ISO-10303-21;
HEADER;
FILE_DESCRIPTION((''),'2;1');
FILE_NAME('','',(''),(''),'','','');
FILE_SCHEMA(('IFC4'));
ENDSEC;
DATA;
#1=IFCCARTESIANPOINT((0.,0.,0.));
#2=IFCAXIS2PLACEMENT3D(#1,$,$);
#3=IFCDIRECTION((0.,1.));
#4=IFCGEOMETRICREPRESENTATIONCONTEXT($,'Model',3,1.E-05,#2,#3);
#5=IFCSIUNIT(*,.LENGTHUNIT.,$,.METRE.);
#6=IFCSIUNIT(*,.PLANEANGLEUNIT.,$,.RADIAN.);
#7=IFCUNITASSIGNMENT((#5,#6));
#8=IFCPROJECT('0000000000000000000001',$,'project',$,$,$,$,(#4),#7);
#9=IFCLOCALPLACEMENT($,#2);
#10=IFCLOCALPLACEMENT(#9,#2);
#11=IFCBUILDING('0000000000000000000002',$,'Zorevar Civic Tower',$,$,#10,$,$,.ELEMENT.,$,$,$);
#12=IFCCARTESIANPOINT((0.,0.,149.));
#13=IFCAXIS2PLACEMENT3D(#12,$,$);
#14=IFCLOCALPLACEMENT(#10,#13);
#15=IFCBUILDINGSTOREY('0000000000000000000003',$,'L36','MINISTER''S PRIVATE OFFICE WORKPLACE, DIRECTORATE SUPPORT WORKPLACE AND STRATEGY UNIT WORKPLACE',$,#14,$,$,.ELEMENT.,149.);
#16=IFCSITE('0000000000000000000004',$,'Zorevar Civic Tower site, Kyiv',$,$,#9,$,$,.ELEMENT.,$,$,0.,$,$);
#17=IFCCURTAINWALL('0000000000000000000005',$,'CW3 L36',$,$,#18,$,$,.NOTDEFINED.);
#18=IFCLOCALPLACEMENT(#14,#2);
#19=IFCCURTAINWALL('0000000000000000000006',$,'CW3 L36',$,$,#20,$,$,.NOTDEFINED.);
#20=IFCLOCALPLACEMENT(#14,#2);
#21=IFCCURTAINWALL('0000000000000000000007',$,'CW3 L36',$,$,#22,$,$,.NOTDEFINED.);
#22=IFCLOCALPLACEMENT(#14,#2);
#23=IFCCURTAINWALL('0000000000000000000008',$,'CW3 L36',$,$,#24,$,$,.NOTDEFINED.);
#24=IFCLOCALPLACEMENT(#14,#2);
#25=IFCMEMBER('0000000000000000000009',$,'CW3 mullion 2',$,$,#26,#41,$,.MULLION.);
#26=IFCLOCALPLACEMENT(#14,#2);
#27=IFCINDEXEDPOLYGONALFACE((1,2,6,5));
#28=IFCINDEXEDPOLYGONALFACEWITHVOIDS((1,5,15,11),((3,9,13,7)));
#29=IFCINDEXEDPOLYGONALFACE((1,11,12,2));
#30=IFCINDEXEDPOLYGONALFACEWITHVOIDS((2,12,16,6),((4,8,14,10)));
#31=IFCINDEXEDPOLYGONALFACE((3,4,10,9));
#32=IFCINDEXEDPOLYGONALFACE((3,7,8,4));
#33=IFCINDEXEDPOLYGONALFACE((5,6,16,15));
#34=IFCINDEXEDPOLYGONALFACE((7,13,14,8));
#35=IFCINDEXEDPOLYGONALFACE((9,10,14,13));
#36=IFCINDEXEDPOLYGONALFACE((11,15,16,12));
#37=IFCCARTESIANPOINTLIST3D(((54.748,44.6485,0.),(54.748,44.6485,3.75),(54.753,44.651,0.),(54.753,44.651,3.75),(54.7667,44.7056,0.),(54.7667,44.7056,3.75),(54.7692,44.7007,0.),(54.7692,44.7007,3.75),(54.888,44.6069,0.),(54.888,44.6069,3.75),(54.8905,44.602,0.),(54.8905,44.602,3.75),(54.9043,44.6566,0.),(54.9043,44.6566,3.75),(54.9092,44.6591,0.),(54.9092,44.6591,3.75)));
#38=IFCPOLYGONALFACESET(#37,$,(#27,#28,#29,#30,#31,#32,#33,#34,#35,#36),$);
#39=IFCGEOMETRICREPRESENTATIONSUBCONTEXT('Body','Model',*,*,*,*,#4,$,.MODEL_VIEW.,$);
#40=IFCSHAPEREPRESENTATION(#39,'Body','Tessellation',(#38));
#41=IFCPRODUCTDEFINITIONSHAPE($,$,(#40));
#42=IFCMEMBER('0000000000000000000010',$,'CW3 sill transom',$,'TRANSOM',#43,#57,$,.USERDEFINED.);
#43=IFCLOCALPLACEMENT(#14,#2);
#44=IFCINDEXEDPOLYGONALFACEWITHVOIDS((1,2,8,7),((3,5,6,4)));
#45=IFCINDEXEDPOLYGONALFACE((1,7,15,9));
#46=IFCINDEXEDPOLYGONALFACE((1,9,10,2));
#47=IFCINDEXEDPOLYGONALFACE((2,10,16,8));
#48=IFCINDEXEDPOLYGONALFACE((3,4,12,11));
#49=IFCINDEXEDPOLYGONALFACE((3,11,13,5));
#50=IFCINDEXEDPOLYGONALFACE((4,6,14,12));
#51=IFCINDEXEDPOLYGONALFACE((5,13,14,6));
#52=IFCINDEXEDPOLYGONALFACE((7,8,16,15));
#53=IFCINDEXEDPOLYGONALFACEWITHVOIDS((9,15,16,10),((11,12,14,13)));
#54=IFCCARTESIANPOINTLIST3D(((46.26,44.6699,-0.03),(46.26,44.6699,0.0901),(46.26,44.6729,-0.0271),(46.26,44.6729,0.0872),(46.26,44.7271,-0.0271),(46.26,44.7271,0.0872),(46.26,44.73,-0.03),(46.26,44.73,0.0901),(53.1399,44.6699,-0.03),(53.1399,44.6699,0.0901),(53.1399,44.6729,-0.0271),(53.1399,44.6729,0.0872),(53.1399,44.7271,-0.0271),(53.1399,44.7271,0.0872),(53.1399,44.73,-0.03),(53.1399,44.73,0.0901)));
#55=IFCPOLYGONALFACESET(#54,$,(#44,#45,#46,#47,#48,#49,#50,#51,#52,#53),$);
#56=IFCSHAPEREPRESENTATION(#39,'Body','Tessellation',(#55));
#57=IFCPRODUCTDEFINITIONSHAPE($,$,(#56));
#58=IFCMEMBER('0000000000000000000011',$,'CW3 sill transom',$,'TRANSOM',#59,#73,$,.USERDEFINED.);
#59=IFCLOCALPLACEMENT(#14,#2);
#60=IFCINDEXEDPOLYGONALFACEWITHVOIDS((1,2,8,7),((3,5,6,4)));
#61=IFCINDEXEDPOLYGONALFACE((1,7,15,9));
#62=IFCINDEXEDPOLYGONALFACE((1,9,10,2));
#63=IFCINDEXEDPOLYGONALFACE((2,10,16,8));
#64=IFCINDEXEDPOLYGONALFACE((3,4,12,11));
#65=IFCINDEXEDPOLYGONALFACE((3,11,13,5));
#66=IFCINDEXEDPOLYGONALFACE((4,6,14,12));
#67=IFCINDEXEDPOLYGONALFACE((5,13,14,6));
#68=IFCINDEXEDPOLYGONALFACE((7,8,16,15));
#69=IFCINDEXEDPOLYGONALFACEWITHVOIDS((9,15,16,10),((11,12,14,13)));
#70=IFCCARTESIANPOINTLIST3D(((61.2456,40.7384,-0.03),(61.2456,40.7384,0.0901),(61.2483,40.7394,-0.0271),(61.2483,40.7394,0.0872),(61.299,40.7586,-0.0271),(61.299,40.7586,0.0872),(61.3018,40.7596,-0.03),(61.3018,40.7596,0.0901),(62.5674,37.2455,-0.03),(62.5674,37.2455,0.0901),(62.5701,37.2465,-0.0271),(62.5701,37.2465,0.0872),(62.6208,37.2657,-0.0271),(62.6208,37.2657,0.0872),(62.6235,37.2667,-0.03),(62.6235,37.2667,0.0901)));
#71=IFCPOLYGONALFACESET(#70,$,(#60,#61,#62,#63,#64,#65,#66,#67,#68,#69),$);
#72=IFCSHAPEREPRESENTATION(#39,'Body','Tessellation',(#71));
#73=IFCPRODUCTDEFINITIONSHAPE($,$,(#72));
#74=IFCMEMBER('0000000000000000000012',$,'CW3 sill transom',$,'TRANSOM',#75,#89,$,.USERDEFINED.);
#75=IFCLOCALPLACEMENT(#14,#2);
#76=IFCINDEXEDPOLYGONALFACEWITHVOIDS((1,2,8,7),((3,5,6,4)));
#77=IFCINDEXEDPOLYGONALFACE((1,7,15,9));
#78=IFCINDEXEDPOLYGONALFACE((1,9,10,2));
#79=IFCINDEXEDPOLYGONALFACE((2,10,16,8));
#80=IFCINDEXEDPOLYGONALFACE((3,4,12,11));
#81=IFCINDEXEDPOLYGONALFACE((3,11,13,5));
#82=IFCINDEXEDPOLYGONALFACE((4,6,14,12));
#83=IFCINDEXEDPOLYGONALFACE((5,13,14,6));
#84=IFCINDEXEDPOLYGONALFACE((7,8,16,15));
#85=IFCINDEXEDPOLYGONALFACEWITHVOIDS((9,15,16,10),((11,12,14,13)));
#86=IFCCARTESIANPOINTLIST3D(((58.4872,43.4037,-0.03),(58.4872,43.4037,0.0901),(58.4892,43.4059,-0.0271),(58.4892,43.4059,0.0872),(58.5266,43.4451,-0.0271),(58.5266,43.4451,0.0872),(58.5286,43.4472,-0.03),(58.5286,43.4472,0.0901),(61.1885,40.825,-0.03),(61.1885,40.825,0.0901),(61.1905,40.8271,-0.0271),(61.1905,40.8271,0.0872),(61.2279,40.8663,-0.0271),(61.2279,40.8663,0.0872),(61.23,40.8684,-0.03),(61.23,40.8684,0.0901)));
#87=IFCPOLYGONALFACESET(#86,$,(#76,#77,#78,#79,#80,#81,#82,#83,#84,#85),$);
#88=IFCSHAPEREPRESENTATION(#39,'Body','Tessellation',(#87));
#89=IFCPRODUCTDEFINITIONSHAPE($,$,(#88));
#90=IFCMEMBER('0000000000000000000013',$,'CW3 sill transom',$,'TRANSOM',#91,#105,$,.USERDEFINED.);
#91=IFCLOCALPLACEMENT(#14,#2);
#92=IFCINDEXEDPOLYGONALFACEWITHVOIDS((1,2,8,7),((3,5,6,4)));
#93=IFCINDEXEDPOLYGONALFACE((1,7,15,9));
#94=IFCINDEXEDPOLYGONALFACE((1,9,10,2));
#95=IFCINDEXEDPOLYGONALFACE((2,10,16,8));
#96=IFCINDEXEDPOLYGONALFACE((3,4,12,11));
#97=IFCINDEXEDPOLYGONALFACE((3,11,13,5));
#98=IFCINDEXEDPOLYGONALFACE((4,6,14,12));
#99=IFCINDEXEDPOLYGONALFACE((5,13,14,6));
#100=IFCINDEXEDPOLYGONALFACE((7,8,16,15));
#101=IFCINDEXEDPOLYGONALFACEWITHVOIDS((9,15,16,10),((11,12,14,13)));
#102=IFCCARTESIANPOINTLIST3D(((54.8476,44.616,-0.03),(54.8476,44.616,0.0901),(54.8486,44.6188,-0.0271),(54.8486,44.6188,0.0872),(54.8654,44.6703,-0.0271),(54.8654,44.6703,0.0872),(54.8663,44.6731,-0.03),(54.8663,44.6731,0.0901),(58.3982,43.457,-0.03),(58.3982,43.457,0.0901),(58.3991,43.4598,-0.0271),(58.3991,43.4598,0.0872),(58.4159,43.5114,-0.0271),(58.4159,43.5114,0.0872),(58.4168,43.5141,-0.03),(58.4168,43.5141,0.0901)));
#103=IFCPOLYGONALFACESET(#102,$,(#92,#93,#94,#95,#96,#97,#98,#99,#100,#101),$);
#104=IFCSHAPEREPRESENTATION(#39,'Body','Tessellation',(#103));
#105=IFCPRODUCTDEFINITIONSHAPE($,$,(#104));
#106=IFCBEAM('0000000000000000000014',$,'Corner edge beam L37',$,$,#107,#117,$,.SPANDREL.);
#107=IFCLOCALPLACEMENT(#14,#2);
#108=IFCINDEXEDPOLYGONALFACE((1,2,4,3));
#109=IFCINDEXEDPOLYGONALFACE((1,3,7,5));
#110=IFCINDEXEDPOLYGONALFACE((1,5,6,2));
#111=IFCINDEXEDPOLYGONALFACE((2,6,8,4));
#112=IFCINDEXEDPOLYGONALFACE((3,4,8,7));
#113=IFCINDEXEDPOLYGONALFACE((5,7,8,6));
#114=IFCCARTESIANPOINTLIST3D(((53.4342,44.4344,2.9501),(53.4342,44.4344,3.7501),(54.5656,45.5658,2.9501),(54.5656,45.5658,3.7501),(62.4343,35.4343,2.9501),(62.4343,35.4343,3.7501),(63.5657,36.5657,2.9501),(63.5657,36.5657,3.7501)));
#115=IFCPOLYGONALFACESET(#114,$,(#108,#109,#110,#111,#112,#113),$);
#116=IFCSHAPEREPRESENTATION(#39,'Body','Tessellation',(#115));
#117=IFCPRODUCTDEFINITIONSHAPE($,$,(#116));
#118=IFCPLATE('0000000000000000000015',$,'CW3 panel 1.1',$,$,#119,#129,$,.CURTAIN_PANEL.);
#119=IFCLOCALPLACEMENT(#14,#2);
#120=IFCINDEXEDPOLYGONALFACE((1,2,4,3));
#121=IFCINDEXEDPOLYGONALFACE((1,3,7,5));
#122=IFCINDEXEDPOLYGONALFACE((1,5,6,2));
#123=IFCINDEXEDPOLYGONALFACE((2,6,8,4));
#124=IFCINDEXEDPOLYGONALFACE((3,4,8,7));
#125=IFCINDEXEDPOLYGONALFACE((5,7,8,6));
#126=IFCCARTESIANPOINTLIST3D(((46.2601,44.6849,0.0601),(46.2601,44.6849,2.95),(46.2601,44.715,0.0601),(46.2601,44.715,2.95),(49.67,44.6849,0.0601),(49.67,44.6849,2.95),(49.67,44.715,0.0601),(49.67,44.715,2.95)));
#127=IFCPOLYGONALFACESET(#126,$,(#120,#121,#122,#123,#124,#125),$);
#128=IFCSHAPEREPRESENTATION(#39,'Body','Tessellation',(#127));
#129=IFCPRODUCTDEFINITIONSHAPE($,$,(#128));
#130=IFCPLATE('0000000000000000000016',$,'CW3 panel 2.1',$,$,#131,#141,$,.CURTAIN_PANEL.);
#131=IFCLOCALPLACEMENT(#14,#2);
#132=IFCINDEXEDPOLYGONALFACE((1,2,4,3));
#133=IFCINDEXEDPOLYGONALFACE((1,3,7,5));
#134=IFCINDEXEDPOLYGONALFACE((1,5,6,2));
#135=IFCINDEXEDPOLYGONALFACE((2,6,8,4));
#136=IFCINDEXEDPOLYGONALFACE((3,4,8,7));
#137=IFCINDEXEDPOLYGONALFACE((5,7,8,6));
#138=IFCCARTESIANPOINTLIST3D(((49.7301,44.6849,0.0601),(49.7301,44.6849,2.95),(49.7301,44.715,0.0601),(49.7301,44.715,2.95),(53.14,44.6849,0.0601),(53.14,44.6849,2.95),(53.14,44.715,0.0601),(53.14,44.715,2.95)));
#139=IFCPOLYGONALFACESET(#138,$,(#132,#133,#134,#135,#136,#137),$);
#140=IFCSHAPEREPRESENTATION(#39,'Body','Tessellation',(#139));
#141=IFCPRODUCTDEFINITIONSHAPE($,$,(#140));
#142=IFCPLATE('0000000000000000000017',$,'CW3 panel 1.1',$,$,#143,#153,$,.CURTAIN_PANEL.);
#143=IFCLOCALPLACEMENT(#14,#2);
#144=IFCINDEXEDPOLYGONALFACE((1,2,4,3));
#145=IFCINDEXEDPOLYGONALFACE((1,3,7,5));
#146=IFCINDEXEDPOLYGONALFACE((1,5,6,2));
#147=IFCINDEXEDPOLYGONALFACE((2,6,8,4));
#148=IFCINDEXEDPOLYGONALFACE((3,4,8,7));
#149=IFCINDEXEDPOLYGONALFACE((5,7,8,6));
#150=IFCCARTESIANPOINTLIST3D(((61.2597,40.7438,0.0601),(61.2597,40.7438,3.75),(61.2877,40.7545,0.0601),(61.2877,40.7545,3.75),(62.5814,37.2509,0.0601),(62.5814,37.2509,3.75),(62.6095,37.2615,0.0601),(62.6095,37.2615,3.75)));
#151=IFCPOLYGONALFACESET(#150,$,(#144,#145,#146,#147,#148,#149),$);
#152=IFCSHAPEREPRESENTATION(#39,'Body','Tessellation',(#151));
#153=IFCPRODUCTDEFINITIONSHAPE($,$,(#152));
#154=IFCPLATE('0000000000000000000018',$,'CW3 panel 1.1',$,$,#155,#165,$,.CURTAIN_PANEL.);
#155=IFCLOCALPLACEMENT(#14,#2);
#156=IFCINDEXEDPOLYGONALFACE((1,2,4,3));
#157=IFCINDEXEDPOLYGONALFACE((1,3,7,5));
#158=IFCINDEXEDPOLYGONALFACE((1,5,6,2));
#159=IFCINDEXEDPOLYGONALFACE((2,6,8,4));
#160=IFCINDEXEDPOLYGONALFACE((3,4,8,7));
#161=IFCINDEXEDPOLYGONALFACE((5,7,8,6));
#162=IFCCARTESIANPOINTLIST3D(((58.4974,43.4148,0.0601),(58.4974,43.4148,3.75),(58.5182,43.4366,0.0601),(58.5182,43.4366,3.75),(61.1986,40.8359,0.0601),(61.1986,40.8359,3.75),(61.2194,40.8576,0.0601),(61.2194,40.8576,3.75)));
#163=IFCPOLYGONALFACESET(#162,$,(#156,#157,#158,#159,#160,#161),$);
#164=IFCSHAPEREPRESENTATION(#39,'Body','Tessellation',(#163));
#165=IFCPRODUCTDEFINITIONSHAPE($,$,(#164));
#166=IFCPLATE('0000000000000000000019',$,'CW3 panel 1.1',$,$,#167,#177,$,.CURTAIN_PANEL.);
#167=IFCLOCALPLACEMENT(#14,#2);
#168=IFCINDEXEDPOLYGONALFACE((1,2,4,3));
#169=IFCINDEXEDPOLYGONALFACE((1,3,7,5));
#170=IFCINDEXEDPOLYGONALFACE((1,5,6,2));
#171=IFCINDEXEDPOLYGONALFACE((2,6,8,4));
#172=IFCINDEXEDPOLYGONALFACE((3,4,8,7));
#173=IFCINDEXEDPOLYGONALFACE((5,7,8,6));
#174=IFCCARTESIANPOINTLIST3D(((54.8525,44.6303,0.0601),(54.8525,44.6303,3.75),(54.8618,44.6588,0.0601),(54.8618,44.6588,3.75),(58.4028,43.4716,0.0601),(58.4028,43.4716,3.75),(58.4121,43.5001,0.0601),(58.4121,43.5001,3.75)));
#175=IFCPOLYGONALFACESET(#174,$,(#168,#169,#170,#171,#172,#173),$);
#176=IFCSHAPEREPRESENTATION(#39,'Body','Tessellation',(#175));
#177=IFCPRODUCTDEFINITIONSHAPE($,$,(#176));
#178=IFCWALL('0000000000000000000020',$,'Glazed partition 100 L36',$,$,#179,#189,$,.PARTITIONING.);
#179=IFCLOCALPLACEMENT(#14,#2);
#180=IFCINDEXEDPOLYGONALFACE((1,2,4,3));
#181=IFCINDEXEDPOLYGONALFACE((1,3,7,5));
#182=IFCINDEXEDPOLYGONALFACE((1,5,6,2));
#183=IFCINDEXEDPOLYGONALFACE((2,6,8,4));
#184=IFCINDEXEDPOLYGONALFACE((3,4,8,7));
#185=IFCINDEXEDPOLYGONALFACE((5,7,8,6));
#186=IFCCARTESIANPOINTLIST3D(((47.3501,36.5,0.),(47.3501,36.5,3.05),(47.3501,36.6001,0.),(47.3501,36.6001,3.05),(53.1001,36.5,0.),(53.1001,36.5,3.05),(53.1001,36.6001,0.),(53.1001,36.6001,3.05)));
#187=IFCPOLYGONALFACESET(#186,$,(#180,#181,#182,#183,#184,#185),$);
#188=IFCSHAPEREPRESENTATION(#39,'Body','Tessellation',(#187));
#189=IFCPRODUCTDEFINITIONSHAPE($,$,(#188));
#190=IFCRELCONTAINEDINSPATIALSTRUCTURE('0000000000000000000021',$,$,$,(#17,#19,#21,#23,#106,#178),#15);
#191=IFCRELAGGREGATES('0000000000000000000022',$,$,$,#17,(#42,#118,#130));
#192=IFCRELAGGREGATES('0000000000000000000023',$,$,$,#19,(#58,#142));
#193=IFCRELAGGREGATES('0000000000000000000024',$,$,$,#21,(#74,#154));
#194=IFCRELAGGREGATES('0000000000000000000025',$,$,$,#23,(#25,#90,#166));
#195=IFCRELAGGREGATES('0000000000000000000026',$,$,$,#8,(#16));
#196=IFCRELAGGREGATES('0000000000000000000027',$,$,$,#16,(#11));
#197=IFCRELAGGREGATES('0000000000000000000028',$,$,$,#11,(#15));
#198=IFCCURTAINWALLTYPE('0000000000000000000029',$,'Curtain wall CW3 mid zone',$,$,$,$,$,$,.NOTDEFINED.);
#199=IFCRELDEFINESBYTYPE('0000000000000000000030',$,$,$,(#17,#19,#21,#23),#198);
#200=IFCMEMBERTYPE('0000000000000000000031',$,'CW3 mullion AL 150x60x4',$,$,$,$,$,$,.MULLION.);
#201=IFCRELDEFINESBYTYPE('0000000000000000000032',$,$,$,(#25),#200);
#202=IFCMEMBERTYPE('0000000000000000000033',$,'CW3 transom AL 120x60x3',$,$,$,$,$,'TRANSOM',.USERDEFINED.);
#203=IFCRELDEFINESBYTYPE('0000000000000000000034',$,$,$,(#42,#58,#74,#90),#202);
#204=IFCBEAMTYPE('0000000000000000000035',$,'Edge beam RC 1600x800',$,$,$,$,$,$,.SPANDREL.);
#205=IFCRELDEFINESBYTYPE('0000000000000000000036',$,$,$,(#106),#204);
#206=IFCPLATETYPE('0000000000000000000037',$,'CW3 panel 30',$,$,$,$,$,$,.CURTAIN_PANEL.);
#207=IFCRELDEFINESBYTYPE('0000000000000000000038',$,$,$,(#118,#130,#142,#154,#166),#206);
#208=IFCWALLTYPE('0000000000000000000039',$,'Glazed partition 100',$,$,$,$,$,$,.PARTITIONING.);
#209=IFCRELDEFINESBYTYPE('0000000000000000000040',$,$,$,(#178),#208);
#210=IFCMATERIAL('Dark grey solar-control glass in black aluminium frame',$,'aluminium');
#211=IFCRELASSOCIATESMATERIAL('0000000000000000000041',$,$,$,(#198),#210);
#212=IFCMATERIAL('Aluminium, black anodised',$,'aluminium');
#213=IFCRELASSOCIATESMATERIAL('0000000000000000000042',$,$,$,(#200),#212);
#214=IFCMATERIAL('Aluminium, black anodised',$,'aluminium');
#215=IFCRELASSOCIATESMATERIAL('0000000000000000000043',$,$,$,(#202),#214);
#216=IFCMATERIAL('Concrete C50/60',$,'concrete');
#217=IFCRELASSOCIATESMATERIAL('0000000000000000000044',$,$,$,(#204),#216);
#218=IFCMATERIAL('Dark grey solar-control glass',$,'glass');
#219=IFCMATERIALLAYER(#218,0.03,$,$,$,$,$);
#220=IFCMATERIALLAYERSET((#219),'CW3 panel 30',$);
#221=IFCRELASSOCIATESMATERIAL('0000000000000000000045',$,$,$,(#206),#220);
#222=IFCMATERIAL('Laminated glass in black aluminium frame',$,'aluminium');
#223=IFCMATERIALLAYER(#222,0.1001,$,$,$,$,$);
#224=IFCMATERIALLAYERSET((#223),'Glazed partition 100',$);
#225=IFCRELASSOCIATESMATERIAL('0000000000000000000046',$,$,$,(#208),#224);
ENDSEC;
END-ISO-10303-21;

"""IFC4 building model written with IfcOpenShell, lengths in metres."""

from ifc_helpers import new_model, si_unit, direction, frame, frame_2d, origin, origin_2d, place, context, subcontext, project, spatial, rectangle, hollow_rectangle, extrude, material, layer, layer_set, material_profile, profile_set, type_object, element, aggregate, save


model = new_model("IFC4")

# Units and contexts
model_context = context("Model", 3, precision=1e-05, world=origin(), true_north=direction((0.0, 1.0)))
body_context = subcontext(model_context, "Body", "Model", "MODEL_VIEW")
ifc_project = project(units=[si_unit("LENGTHUNIT", "METRE"), si_unit("PLANEANGLEUNIT", "RADIAN")], contexts=[model_context])

# Site, building, storey
site_placement = place(None, origin())
site = spatial("IfcSite", under=ifc_project, at=site_placement, Name="Zorevar Civic Tower site, Kyiv", CompositionType="ELEMENT", RefElevation=0.0)
building_placement = place(site_placement, origin())
building = spatial("IfcBuilding", under=site, at=building_placement, Name="Zorevar Civic Tower", CompositionType="ELEMENT")
storey_placement = place(building_placement, frame((0.0, 0.0, 149.0)))
storey = spatial("IfcBuildingStorey", under=building, at=storey_placement, Name="L36", Description="MINISTER'S PRIVATE OFFICE WORKPLACE, DIRECTORATE SUPPORT WORKPLACE AND STRATEGY UNIT WORKPLACE", CompositionType="ELEMENT", Elevation=149.0)

# Curtain walls, member
ifc_material_1 = material(Name="Dark grey solar-control glass in black aluminium frame", Category="aluminium")
curtain_wall_type = type_object("IfcCurtainWallType", Name="Curtain wall CW3 mid zone", PredefinedType="NOTDEFINED", material=ifc_material_1)
curtain_wall_1_placement = place(storey_placement, origin())
curtain_wall_1 = element("IfcCurtainWall", 1, at=curtain_wall_1_placement, inside=storey, type_object=curtain_wall_type, Name="CW3 L36", PredefinedType="NOTDEFINED")
ifc_material_2 = material(Name="Aluminium, black anodised", Category="aluminium")
ifc_material_profile_1 = material_profile(ifc_material_2, hollow_rectangle(XDim=0.0601, YDim=0.1499, WallThickness=0.0039, at=origin_2d()), Name="AL 150x60x4")
ifc_profile_set_1 = profile_set([ifc_material_profile_1], Name="Aluminium, black anodised")
member_type_1 = type_object("IfcMemberType", Name="CW3 mullion AL 150x60x4", PredefinedType="MULLION", material=ifc_profile_set_1)
curtain_wall_2_placement = place(storey_placement, origin())
curtain_wall_2 = element("IfcCurtainWall", 2, at=curtain_wall_2_placement, inside=storey, type_object=curtain_wall_type, Name="CW3 L36", PredefinedType="NOTDEFINED")
curtain_wall_3_placement = place(storey_placement, origin())
curtain_wall_3 = element("IfcCurtainWall", 3, at=curtain_wall_3_placement, inside=storey, type_object=curtain_wall_type, Name="CW3 L36", PredefinedType="NOTDEFINED")
curtain_wall_4_placement = place(storey_placement, origin())
curtain_wall_4 = element("IfcCurtainWall", 4, at=curtain_wall_4_placement, inside=storey, type_object=curtain_wall_type, Name="CW3 L36", PredefinedType="NOTDEFINED")
member_1_placement = place(storey_placement, frame((54.8286, 44.6538, 0.0), z_axis=(0.0, 0.0, 1.0), x_axis=(-0.310263, -0.950651, 0.0)))
member_1 = element("IfcMember", 5, at=member_1_placement, type_object=member_type_1, Name="CW3 mullion 2", PredefinedType="MULLION", context=body_context, shape_type="SweptSolid", body=[
    extrude(hollow_rectangle(XDim=0.0601, YDim=0.1499, WallThickness=0.0039, at=origin_2d()), origin(), (0.0, 0.0, 1.0), 3.75),
])

# Members
ifc_material_3 = material(Name="Aluminium, black anodised", Category="aluminium")
ifc_material_profile_2 = material_profile(ifc_material_3, hollow_rectangle(XDim=0.0601, YDim=0.1201, WallThickness=0.0029, at=origin_2d()), Name="AL 120x60x3")
ifc_profile_set_2 = profile_set([ifc_material_profile_2], Name="Aluminium, black anodised")
member_type_2 = type_object("IfcMemberType", Name="CW3 transom AL 120x60x3", ElementType="TRANSOM", PredefinedType="USERDEFINED", material=ifc_profile_set_2)
member_2_placement = place(storey_placement, frame((46.26, 44.7, 0.03), z_axis=(1.0, 0.0, 0.0), x_axis=(0.0, 1.0, 0.0)))
member_2 = element("IfcMember", 6, at=member_2_placement, type_object=member_type_2, Name="CW3 sill transom", ObjectType="TRANSOM", PredefinedType="USERDEFINED", context=body_context, shape_type="SweptSolid", body=[
    extrude(hollow_rectangle(XDim=0.0601, YDim=0.1201, WallThickness=0.0029, at=origin_2d()), origin(), (0.0, 0.0, 1.0), 6.8799),
])
member_3_placement = place(storey_placement, frame((62.5955, 37.2561, 0.03), z_axis=(-0.353923, 0.935275, 0.0), x_axis=(-0.935275, -0.353923, 0.0)))
member_3 = element("IfcMember", 7, at=member_3_placement, type_object=member_type_2, Name="CW3 sill transom", ObjectType="TRANSOM", PredefinedType="USERDEFINED", context=body_context, shape_type="SweptSolid", body=[
    extrude(hollow_rectangle(XDim=0.0601, YDim=0.1201, WallThickness=0.0029, at=origin_2d()), origin(), (0.0, 0.0, 1.0), 3.7346),
])
member_4_placement = place(storey_placement, frame((61.2092, 40.8467, 0.03), z_axis=(-0.723324, 0.690508, 0.0), x_axis=(-0.690508, -0.723324, 0.0)))
member_4 = element("IfcMember", 8, at=member_4_placement, type_object=member_type_2, Name="CW3 sill transom", ObjectType="TRANSOM", PredefinedType="USERDEFINED", context=body_context, shape_type="SweptSolid", body=[
    extrude(hollow_rectangle(XDim=0.0601, YDim=0.1201, WallThickness=0.0029, at=origin_2d()), origin(), (0.0, 0.0, 1.0), 3.7346),
])
member_5_placement = place(storey_placement, frame((58.4075, 43.4856, 0.03), z_axis=(-0.950639, 0.310299, 0.0), x_axis=(-0.310299, -0.950639, 0.0)))
member_5 = element("IfcMember", 9, at=member_5_placement, type_object=member_type_2, Name="CW3 sill transom", ObjectType="TRANSOM", PredefinedType="USERDEFINED", context=body_context, shape_type="SweptSolid", body=[
    extrude(hollow_rectangle(XDim=0.0601, YDim=0.1201, WallThickness=0.0029, at=origin_2d()), origin(), (0.0, 0.0, 1.0), 3.7349),
])

# Beam
ifc_material_4 = material(Name="Concrete C50/60", Category="concrete")
ifc_material_profile_3 = material_profile(ifc_material_4, rectangle(XDim=1.6001, YDim=0.8, at=origin_2d()), Name="RC 1600x800")
ifc_profile_set_3 = profile_set([ifc_material_profile_3], Name="Concrete C50/60")
beam_type_1 = type_object("IfcBeamType", Name="Edge beam RC 1600x800", PredefinedType="SPANDREL", material=ifc_profile_set_3)
beam_1_placement = place(storey_placement, frame((63.0, 36.0, 3.3501), z_axis=(-0.707107, 0.707107, 0.0), x_axis=(-0.707107, -0.707107, 0.0)))
element("IfcBeam", 10, at=beam_1_placement, inside=storey, type_object=beam_type_1, Name="Corner edge beam L37", PredefinedType="SPANDREL", context=body_context, shape_type="SweptSolid", body=[
    extrude(rectangle(XDim=1.6001, YDim=0.8, at=origin_2d()), origin(), (0.0, 0.0, 1.0), 12.728),
])

# Plates
ifc_material_5 = material(Name="Dark grey solar-control glass", Category="glass")
ifc_layer_1 = layer(ifc_material_5, 0.03)
ifc_layer_set_1 = layer_set([ifc_layer_1], Name="CW3 panel 30")
plate_type = type_object("IfcPlateType", Name="CW3 panel 30", PredefinedType="CURTAIN_PANEL", material=ifc_layer_set_1)
plate_1_placement = place(storey_placement, frame((47.9651, 44.7, 0.0601), z_axis=(0.0, 0.0, 1.0), x_axis=(1.0, 0.0, 0.0)))
plate_1 = element("IfcPlate", 11, at=plate_1_placement, type_object=plate_type, Name="CW3 panel 1.1", PredefinedType="CURTAIN_PANEL", context=body_context, shape_type="SweptSolid", body=[
    extrude(rectangle(XDim=3.4099, YDim=0.03, at=origin_2d()), origin(), (0.0, 0.0, 1.0), 2.8899),
])
plate_2_placement = place(storey_placement, frame((51.4351, 44.7, 0.0601), z_axis=(0.0, 0.0, 1.0), x_axis=(1.0, 0.0, 0.0)))
plate_2 = element("IfcPlate", 12, at=plate_2_placement, type_object=plate_type, Name="CW3 panel 2.1", PredefinedType="CURTAIN_PANEL", context=body_context, shape_type="SweptSolid", body=[
    extrude(rectangle(XDim=3.4099, YDim=0.03, at=origin_2d()), origin(), (0.0, 0.0, 1.0), 2.8899),
])
aggregate(curtain_wall_1, [member_2, plate_1, plate_2])
plate_3_placement = place(storey_placement, frame((61.9346, 39.0027, 0.0601), z_axis=(0.0, 0.0, 1.0), x_axis=(-0.353918, 0.935277, 0.0)))
plate_3 = element("IfcPlate", 13, at=plate_3_placement, type_object=plate_type, Name="CW3 panel 1.1", PredefinedType="CURTAIN_PANEL", context=body_context, shape_type="SweptSolid", body=[
    extrude(rectangle(XDim=3.7346, YDim=0.03, at=origin_2d()), origin(), (0.0, 0.0, 1.0), 3.6899),
])
aggregate(curtain_wall_2, [member_3, plate_3])
plate_4_placement = place(storey_placement, frame((59.8584, 42.1362, 0.0601), z_axis=(0.0, 0.0, 1.0), x_axis=(-0.723289, 0.690545, 0.0)))
plate_4 = element("IfcPlate", 14, at=plate_4_placement, type_object=plate_type, Name="CW3 panel 1.1", PredefinedType="CURTAIN_PANEL", context=body_context, shape_type="SweptSolid", body=[
    extrude(rectangle(XDim=3.7346, YDim=0.03, at=origin_2d()), origin(), (0.0, 0.0, 1.0), 3.6899),
])
aggregate(curtain_wall_3, [member_4, plate_4])
plate_5_placement = place(storey_placement, frame((56.6323, 44.0652, 0.0601), z_axis=(0.0, 0.0, 1.0), x_axis=(-0.950651, 0.310263, 0.0)))
plate_5 = element("IfcPlate", 15, at=plate_5_placement, type_object=plate_type, Name="CW3 panel 1.1", PredefinedType="CURTAIN_PANEL", context=body_context, shape_type="SweptSolid", body=[
    extrude(rectangle(XDim=3.7346, YDim=0.03, at=origin_2d()), origin(), (0.0, 0.0, 1.0), 3.6899),
])
aggregate(curtain_wall_4, [member_1, member_5, plate_5])

# Wall
ifc_material_6 = material(Name="Laminated glass in black aluminium frame", Category="aluminium")
ifc_layer_2 = layer(ifc_material_6, 0.1001)
ifc_layer_set_2 = layer_set([ifc_layer_2], Name="Glazed partition 100")
wall_type_1 = type_object("IfcWallType", Name="Glazed partition 100", PredefinedType="PARTITIONING", material=ifc_layer_set_2)
wall_1_placement = place(storey_placement, frame((47.3501, 36.55, 0.0), z_axis=(0.0, 0.0, 1.0), x_axis=(1.0, 0.0, 0.0)))
element("IfcWall", 16, at=wall_1_placement, inside=storey, type_object=wall_type_1, Name="Glazed partition 100 L36", PredefinedType="PARTITIONING", context=body_context, shape_type="SweptSolid", body=[
    extrude(rectangle(XDim=5.75, YDim=0.1001, at=frame_2d((2.875, 0.0))), origin(), (0.0, 0.0, 1.0), 3.05),
])

save(model, "model.ifc")
